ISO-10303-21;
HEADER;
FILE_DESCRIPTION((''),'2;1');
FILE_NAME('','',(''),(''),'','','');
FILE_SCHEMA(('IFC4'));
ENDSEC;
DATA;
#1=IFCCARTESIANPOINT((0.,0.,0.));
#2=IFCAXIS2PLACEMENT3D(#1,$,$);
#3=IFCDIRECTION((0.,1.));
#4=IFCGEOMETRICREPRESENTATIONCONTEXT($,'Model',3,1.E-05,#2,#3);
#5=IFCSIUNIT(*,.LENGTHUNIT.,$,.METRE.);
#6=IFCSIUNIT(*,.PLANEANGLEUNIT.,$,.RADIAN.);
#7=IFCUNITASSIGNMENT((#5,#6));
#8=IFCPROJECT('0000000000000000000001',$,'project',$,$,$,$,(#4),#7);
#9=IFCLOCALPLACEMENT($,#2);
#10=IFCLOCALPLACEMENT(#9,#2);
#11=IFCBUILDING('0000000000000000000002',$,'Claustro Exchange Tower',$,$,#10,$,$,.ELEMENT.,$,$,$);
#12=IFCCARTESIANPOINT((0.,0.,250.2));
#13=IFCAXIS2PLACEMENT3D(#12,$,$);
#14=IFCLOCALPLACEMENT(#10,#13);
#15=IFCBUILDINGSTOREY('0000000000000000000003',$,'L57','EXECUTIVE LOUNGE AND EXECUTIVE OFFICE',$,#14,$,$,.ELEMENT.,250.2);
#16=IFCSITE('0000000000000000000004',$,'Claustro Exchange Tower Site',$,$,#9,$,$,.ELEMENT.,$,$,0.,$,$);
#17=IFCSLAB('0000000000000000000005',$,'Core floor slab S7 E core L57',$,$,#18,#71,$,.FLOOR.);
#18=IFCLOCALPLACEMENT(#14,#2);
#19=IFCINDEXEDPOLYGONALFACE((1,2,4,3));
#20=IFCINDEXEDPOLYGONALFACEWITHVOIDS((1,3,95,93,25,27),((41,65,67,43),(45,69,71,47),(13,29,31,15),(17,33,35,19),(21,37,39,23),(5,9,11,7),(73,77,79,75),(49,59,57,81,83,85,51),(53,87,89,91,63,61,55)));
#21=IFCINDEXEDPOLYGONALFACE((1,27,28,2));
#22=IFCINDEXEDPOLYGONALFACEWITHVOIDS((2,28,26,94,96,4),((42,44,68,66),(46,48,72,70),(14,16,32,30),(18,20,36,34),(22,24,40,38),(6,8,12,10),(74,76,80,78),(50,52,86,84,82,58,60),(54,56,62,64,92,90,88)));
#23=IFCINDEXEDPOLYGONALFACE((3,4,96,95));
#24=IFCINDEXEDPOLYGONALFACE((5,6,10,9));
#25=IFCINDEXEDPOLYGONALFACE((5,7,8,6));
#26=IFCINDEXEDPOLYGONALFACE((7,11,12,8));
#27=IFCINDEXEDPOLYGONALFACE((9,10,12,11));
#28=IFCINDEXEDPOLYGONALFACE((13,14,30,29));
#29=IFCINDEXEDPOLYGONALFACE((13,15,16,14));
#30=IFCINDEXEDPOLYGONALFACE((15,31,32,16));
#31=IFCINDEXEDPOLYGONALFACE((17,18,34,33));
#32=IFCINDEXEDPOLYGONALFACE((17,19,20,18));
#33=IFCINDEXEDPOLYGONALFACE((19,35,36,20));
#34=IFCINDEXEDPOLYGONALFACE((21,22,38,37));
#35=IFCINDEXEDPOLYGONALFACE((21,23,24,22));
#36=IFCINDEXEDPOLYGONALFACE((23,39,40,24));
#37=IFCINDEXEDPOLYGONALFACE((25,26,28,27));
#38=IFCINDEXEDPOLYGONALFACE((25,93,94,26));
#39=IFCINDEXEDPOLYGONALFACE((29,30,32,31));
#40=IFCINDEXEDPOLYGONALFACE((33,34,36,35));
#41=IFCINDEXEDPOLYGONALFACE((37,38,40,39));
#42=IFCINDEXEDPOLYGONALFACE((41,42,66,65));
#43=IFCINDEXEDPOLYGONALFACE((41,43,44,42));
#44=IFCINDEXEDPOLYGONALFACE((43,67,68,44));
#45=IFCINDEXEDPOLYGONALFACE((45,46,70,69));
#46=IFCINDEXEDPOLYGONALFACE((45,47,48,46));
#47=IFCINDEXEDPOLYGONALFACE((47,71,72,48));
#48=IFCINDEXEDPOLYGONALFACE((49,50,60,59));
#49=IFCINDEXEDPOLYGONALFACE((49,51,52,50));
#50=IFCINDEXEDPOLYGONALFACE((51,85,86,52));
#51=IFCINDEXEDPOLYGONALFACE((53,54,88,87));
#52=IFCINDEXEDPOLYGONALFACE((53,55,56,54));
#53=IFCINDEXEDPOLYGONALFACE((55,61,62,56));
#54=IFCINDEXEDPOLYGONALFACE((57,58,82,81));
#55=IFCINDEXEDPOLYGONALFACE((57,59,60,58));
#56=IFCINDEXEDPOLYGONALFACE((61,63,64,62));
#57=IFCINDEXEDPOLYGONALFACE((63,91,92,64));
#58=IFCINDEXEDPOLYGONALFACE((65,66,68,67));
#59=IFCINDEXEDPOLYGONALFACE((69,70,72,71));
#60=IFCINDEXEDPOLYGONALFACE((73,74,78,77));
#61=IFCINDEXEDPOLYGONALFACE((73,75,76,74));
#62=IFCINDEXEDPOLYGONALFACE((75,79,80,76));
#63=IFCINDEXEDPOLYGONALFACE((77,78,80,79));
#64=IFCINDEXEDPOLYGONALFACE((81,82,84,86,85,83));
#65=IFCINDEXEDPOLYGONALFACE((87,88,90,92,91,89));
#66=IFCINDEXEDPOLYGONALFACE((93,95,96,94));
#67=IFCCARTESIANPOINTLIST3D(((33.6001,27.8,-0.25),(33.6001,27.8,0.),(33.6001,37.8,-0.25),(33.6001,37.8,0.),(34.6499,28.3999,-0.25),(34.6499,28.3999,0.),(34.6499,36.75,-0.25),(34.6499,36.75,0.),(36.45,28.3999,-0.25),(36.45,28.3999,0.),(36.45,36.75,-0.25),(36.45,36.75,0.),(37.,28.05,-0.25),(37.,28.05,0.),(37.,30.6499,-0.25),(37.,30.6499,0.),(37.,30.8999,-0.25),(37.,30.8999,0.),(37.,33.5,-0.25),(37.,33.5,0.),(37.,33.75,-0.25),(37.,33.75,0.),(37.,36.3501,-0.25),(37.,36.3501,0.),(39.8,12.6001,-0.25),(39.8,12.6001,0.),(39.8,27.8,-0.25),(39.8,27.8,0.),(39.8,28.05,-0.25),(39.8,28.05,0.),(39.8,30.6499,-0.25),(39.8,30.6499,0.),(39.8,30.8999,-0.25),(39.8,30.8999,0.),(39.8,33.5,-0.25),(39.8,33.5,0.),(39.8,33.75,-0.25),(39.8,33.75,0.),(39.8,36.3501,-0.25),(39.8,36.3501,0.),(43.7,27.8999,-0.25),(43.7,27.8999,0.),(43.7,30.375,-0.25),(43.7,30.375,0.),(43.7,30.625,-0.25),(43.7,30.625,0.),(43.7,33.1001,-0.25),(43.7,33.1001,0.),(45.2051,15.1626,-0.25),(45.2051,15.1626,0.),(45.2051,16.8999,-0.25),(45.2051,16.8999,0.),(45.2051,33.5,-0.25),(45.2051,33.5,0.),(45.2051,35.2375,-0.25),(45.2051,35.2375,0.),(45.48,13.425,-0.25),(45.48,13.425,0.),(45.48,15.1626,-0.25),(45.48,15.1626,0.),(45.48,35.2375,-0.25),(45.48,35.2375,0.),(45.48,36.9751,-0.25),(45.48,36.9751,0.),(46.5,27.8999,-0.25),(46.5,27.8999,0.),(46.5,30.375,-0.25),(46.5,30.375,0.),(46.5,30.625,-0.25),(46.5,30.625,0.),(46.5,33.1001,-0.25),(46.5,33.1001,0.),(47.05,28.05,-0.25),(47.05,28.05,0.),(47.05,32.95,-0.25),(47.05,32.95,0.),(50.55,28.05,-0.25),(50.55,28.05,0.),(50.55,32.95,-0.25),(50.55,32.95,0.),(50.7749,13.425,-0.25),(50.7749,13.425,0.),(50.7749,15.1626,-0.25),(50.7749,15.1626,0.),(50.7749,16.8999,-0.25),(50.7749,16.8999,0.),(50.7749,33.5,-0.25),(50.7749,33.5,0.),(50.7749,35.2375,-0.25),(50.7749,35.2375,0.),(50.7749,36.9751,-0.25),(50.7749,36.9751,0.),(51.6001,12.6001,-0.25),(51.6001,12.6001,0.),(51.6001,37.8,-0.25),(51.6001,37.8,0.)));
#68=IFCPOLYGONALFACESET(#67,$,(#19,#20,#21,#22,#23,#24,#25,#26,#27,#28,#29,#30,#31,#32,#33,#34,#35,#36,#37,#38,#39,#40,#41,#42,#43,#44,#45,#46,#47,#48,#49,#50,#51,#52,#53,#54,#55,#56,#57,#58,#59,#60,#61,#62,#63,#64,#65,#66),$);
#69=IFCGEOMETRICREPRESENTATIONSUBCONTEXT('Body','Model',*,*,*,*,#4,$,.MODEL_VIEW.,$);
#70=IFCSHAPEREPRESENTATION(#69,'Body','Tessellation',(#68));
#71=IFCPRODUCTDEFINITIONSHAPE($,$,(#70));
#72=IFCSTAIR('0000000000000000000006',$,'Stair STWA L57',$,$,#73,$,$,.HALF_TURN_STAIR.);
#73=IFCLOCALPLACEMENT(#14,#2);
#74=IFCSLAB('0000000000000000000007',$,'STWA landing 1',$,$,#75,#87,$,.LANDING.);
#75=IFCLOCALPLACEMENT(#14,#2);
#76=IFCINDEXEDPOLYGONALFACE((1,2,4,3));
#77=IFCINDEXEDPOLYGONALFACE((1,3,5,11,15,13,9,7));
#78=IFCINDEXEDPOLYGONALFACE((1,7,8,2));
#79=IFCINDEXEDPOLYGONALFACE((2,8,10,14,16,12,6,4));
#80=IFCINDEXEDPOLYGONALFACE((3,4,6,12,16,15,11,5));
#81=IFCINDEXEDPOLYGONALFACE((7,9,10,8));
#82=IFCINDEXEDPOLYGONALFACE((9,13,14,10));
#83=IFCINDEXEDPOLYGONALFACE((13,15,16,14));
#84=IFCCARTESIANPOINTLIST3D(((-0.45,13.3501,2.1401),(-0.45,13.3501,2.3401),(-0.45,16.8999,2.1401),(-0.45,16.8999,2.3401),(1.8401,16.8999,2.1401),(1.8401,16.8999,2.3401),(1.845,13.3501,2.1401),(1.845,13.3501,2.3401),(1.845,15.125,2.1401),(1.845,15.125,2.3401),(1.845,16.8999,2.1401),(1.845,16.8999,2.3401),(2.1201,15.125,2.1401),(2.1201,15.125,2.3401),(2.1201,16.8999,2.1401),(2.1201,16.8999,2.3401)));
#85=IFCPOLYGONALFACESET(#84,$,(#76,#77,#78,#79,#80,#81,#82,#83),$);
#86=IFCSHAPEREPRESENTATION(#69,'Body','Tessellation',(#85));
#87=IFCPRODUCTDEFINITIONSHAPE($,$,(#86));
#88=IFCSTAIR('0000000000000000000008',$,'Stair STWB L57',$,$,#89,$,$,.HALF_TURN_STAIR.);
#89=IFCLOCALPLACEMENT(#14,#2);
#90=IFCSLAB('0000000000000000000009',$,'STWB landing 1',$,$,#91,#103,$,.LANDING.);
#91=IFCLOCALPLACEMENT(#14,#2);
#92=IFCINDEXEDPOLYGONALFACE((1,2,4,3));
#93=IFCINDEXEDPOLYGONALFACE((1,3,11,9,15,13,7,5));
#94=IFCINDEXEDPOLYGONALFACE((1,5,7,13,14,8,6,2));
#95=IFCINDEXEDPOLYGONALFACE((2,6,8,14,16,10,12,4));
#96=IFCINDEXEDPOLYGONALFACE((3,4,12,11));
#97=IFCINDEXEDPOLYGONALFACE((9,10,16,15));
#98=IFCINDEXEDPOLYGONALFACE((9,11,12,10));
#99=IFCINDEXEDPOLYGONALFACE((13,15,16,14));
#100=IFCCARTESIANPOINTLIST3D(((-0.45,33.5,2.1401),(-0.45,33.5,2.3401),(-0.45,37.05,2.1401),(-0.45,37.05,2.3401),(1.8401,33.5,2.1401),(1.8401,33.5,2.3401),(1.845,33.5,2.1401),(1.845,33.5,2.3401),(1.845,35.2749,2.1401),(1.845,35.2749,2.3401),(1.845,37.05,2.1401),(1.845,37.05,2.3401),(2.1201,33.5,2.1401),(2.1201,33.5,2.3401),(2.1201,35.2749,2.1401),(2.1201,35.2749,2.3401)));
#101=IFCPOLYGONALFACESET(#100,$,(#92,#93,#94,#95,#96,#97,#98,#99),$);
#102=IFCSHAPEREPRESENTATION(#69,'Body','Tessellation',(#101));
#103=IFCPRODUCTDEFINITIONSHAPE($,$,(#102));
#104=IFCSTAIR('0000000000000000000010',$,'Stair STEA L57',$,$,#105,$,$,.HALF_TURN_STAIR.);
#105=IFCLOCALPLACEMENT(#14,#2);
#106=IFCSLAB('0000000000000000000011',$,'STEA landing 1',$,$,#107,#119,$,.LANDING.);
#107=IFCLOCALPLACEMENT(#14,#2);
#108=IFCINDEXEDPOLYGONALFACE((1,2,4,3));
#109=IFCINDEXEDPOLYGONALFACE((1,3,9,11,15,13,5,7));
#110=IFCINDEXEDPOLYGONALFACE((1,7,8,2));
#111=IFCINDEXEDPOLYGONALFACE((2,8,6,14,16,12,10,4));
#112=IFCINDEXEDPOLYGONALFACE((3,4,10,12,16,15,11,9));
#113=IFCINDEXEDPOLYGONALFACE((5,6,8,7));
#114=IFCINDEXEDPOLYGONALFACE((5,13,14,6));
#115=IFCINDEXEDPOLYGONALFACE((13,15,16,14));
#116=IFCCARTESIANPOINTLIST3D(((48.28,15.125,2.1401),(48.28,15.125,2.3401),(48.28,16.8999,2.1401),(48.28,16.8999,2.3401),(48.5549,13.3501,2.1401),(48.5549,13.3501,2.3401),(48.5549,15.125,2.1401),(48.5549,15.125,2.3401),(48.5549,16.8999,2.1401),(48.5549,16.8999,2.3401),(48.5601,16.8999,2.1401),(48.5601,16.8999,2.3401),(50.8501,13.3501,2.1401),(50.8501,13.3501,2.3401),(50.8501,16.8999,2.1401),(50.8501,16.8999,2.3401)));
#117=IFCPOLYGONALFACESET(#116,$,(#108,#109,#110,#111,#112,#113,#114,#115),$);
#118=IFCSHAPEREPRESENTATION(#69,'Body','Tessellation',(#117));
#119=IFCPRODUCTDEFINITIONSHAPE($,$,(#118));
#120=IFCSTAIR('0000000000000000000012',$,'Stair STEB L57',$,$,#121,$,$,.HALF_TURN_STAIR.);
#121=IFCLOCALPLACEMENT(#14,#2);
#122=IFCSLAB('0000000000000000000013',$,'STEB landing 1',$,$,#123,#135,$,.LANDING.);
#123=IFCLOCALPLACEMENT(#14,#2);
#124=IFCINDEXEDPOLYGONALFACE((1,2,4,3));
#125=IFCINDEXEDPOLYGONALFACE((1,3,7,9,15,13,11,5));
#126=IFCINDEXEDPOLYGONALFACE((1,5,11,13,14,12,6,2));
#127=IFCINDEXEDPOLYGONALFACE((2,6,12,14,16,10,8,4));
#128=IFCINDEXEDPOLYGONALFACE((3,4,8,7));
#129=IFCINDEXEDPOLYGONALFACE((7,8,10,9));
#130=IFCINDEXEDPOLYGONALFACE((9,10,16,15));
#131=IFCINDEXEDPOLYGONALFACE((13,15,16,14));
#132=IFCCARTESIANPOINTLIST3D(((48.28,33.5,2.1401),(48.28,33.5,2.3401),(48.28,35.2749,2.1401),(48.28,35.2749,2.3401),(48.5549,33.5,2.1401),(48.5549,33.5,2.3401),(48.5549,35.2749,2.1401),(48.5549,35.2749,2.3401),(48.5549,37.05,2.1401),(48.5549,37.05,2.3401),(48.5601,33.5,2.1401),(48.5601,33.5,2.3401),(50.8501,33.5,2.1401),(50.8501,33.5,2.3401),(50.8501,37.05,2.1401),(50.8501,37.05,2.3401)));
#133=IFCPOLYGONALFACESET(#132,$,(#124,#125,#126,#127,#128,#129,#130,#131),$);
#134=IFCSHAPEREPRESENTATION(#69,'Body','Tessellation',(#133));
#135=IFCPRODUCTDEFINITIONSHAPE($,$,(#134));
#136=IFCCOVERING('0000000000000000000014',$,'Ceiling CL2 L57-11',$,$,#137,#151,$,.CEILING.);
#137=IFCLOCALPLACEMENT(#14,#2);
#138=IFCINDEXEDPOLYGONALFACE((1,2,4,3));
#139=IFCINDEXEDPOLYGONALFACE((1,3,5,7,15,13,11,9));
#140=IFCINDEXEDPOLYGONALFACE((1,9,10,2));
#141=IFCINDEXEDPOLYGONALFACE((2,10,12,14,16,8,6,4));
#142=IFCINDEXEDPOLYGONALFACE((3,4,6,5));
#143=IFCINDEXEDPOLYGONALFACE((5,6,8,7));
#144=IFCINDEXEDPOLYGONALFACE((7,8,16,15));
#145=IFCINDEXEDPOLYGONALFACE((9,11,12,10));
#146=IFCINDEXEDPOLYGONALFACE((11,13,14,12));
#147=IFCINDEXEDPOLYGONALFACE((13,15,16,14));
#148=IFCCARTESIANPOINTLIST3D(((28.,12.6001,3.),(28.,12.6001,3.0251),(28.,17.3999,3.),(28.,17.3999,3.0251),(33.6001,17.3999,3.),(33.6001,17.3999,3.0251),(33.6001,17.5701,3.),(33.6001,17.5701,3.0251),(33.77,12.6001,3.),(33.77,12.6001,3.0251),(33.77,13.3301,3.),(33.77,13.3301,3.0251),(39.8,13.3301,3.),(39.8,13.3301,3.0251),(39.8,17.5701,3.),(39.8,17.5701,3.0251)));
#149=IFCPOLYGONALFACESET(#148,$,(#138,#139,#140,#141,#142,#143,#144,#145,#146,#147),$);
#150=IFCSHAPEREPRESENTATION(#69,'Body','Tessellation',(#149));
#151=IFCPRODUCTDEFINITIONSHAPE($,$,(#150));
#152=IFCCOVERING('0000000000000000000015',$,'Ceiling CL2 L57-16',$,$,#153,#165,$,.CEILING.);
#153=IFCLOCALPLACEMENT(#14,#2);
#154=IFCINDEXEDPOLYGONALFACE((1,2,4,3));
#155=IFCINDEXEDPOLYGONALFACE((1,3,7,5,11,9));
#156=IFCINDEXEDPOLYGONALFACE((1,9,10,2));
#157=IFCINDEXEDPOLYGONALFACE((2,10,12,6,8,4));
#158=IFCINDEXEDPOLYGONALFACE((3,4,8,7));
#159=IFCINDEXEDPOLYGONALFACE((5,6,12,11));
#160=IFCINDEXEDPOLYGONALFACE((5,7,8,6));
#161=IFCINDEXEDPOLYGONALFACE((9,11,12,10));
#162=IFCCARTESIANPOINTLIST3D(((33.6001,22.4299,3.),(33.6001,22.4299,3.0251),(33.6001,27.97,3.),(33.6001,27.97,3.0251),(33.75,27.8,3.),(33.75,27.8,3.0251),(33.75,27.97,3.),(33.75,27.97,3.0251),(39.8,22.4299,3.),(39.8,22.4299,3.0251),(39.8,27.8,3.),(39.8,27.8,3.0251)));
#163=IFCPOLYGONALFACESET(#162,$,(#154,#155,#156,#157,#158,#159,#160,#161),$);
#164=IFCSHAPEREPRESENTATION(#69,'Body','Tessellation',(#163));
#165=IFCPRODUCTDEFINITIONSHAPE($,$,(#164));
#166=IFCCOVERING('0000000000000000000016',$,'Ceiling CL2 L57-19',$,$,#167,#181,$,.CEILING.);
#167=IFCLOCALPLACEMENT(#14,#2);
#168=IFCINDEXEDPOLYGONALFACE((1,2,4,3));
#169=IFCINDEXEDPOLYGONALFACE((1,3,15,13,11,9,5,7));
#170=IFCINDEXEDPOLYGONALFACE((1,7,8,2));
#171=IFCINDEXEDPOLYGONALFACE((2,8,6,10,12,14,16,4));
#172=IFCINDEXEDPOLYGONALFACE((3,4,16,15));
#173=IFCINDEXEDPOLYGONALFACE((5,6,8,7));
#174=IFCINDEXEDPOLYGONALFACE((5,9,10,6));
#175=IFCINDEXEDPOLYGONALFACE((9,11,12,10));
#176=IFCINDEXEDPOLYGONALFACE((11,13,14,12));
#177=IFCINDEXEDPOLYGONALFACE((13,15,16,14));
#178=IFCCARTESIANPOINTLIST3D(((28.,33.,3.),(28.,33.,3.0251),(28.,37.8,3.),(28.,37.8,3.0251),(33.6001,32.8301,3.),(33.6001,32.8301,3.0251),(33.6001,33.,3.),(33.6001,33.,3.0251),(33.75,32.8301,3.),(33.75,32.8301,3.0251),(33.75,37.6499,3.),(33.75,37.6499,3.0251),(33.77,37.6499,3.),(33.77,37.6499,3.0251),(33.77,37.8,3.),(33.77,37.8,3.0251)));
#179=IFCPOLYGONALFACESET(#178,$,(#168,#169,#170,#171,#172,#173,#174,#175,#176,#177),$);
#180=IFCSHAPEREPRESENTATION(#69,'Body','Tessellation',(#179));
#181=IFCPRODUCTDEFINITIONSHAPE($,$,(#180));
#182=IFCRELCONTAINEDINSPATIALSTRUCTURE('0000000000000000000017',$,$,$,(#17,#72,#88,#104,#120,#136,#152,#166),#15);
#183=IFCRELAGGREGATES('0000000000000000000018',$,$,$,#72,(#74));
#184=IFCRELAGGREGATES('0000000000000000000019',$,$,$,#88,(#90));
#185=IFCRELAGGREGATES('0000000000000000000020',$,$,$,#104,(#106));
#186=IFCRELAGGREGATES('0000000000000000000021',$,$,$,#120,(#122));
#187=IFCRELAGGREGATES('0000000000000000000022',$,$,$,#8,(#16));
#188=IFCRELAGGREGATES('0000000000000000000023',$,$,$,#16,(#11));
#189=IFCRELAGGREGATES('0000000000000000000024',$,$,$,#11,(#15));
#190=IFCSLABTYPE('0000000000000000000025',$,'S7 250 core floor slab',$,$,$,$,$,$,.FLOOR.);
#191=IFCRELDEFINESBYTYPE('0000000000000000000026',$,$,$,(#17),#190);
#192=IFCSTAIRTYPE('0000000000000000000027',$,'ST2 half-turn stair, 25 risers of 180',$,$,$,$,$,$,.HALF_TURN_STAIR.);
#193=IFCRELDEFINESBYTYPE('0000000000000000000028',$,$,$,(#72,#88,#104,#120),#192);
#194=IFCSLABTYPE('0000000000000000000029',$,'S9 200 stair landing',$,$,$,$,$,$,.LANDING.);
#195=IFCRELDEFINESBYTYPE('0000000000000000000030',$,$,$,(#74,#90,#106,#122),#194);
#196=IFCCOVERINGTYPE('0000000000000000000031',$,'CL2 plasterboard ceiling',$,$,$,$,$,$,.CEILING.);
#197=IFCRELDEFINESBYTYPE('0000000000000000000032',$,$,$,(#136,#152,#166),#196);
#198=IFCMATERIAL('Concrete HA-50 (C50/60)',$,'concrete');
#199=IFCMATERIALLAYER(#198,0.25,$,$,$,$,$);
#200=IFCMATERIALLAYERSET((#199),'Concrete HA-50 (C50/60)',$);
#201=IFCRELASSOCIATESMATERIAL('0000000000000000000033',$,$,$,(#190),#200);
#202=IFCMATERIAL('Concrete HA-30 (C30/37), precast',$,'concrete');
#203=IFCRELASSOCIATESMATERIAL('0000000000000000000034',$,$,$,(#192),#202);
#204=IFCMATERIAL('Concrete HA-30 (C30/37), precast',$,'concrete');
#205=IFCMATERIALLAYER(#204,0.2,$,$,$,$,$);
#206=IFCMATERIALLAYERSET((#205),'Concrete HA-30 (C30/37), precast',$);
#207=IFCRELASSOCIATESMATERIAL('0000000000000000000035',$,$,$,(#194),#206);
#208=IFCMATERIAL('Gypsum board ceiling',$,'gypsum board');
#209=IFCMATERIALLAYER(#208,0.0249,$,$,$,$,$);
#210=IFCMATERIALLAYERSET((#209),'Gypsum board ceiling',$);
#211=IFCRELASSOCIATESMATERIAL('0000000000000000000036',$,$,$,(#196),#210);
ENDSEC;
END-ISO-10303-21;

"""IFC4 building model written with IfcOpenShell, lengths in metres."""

from ifc_helpers import new_model, si_unit, direction, frame, origin, place, context, subcontext, project, spatial, polyline, outline, extrude, material, layer, layer_set, type_object, element, aggregate, save


model = new_model("IFC4")

# Units and contexts
model_context = context("Model", 3, precision=1e-05, world=origin(), true_north=direction((0.0, 1.0)))
body_context = subcontext(model_context, "Body", "Model", "MODEL_VIEW")
ifc_project = project(units=[si_unit("LENGTHUNIT", "METRE"), si_unit("PLANEANGLEUNIT", "RADIAN")], contexts=[model_context])

# Site, building, storey
site_placement = place(None, origin())
site = spatial("IfcSite", under=ifc_project, at=site_placement, Name="Claustro Exchange Tower Site", CompositionType="ELEMENT", RefElevation=0.0)
building_placement = place(site_placement, origin())
building = spatial("IfcBuilding", under=site, at=building_placement, Name="Claustro Exchange Tower", CompositionType="ELEMENT")
storey_placement = place(building_placement, frame((0.0, 0.0, 250.2)))
storey = spatial("IfcBuildingStorey", under=building, at=storey_placement, Name="L57", Description="EXECUTIVE LOUNGE AND EXECUTIVE OFFICE", CompositionType="ELEMENT", Elevation=250.2)

# Slab
ifc_material_1 = material(Name="Concrete HA-50 (C50/60)", Category="concrete")
ifc_layer_1 = layer(ifc_material_1, 0.25)
ifc_layer_set_1 = layer_set([ifc_layer_1], Name="Concrete HA-50 (C50/60)")
slab_type_1 = type_object("IfcSlabType", Name="S7 250 core floor slab", PredefinedType="FLOOR", material=ifc_layer_set_1)
slab_1_placement = place(storey_placement, frame((0.0, 0.0, -0.25)))
element("IfcSlab", 1, at=slab_1_placement, inside=storey, type_object=slab_type_1, Name="Core floor slab S7 E core L57", PredefinedType="FLOOR", context=body_context, shape_type="SweptSolid", body=[
    extrude(outline(polyline([(51.6001, 37.8), (33.6001, 37.8), (33.6001, 27.8), (39.8, 27.8), (39.8, 12.6001), (51.6001, 12.6001), (51.6001, 37.8)]), holes=[polyline([(45.48, 15.1626), (45.2051, 15.1626), (45.2051, 16.8999), (50.7749, 16.8999), (50.7749, 15.1626), (50.7749, 13.425), (45.48, 13.425), (45.48, 15.1626)]), polyline([(45.48, 35.2375), (45.48, 36.9751), (50.7749, 36.9751), (50.7749, 35.2375), (50.7749, 33.5), (45.2051, 33.5), (45.2051, 35.2375), (45.48, 35.2375)]), polyline([(47.05, 32.95), (50.55, 32.95), (50.55, 28.05), (47.05, 28.05), (47.05, 32.95)]), polyline([(43.7, 30.375), (46.5, 30.375), (46.5, 27.8999), (43.7, 27.8999), (43.7, 30.375)]), polyline([(43.7, 33.1001), (46.5, 33.1001), (46.5, 30.625), (43.7, 30.625), (43.7, 33.1001)]), polyline([(37.0, 30.6499), (39.8, 30.6499), (39.8, 28.05), (37.0, 28.05), (37.0, 30.6499)]), polyline([(37.0, 33.5), (39.8, 33.5), (39.8, 30.8999), (37.0, 30.8999), (37.0, 33.5)]), polyline([(39.8, 36.3501), (39.8, 33.75), (37.0, 33.75), (37.0, 36.3501), (39.8, 36.3501)]), polyline([(34.6499, 36.75), (36.45, 36.75), (36.45, 28.3999), (34.6499, 28.3999), (34.6499, 36.75)])]), origin(), (0.0, 0.0, 1.0), 0.25),
])

# Stairs, slabs
ifc_material_2 = material(Name="Concrete HA-30 (C30/37), precast", Category="concrete")
stair_type = type_object("IfcStairType", Name="ST2 half-turn stair, 25 risers of 180", PredefinedType="HALF_TURN_STAIR", material=ifc_material_2)
stair_1_placement = place(storey_placement, origin())
stair_1 = element("IfcStair", 2, at=stair_1_placement, inside=storey, type_object=stair_type, Name="Stair STWA L57", PredefinedType="HALF_TURN_STAIR")
ifc_material_3 = material(Name="Concrete HA-30 (C30/37), precast", Category="concrete")
ifc_layer_2 = layer(ifc_material_3, 0.2)
ifc_layer_set_2 = layer_set([ifc_layer_2], Name="Concrete HA-30 (C30/37), precast")
slab_type_2 = type_object("IfcSlabType", Name="S9 200 stair landing", PredefinedType="LANDING", material=ifc_layer_set_2)
slab_2_placement = place(storey_placement, frame((0.0, 0.0, 2.1401)))
slab_2 = element("IfcSlab", 3, at=slab_2_placement, type_object=slab_type_2, Name="STWA landing 1", PredefinedType="LANDING", context=body_context, shape_type="SweptSolid", body=[
    extrude(outline(polyline([(1.845, 13.3501), (-0.45, 13.3501), (-0.45, 16.8999), (1.8401, 16.8999), (1.845, 16.8999), (2.1201, 16.8999), (2.1201, 15.125), (1.845, 15.125), (1.845, 13.3501)])), origin(), (0.0, 0.0, 1.0), 0.2),
])
aggregate(stair_1, [slab_2])
stair_2_placement = place(storey_placement, origin())
stair_2 = element("IfcStair", 4, at=stair_2_placement, inside=storey, type_object=stair_type, Name="Stair STWB L57", PredefinedType="HALF_TURN_STAIR")
slab_3_placement = place(storey_placement, frame((0.0, 0.0, 2.1401)))
slab_3 = element("IfcSlab", 5, at=slab_3_placement, type_object=slab_type_2, Name="STWB landing 1", PredefinedType="LANDING", context=body_context, shape_type="SweptSolid", body=[
    extrude(outline(polyline([(2.1201, 35.2749), (2.1201, 33.5), (1.845, 33.5), (1.8401, 33.5), (-0.45, 33.5), (-0.45, 37.05), (1.845, 37.05), (1.845, 35.2749), (2.1201, 35.2749)])), origin(), (0.0, 0.0, 1.0), 0.2),
])
aggregate(stair_2, [slab_3])
stair_3_placement = place(storey_placement, origin())
stair_3 = element("IfcStair", 6, at=stair_3_placement, inside=storey, type_object=stair_type, Name="Stair STEA L57", PredefinedType="HALF_TURN_STAIR")
slab_4_placement = place(storey_placement, frame((0.0, 0.0, 2.1401)))
slab_4 = element("IfcSlab", 7, at=slab_4_placement, type_object=slab_type_2, Name="STEA landing 1", PredefinedType="LANDING", context=body_context, shape_type="SweptSolid", body=[
    extrude(outline(polyline([(50.8501, 16.8999), (50.8501, 13.3501), (48.5549, 13.3501), (48.5549, 15.125), (48.28, 15.125), (48.28, 16.8999), (48.5549, 16.8999), (48.5601, 16.8999), (50.8501, 16.8999)])), origin(), (0.0, 0.0, 1.0), 0.2),
])
aggregate(stair_3, [slab_4])
stair_4_placement = place(storey_placement, origin())
stair_4 = element("IfcStair", 8, at=stair_4_placement, inside=storey, type_object=stair_type, Name="Stair STEB L57", PredefinedType="HALF_TURN_STAIR")
slab_5_placement = place(storey_placement, frame((0.0, 0.0, 2.1401)))
slab_5 = element("IfcSlab", 9, at=slab_5_placement, type_object=slab_type_2, Name="STEB landing 1", PredefinedType="LANDING", context=body_context, shape_type="SweptSolid", body=[
    extrude(outline(polyline([(48.28, 33.5), (48.28, 35.2749), (48.5549, 35.2749), (48.5549, 37.05), (50.8501, 37.05), (50.8501, 33.5), (48.5601, 33.5), (48.5549, 33.5), (48.28, 33.5)])), origin(), (0.0, 0.0, 1.0), 0.2),
])
aggregate(stair_4, [slab_5])

# Coverings
ifc_material_4 = material(Name="Gypsum board ceiling", Category="gypsum board")
ifc_layer_3 = layer(ifc_material_4, 0.0249)
ifc_layer_set_3 = layer_set([ifc_layer_3], Name="Gypsum board ceiling")
covering_type_1 = type_object("IfcCoveringType", Name="CL2 plasterboard ceiling", PredefinedType="CEILING", material=ifc_layer_set_3)
covering_1_placement = place(storey_placement, frame((0.0, 0.0, 3.0)))
element("IfcCovering", 10, at=covering_1_placement, inside=storey, type_object=covering_type_1, Name="Ceiling CL2 L57-11", PredefinedType="CEILING", context=body_context, shape_type="SweptSolid", body=[
    extrude(outline(polyline([(39.8, 13.3301), (39.8, 17.5701), (33.6001, 17.5701), (33.6001, 17.3999), (28.0, 17.3999), (28.0, 12.6001), (33.77, 12.6001), (33.77, 13.3301), (39.8, 13.3301)])), origin(), (0.0, 0.0, 1.0), 0.0251),
])
covering_2_placement = place(storey_placement, frame((0.0, 0.0, 3.0)))
element("IfcCovering", 11, at=covering_2_placement, inside=storey, type_object=covering_type_1, Name="Ceiling CL2 L57-16", PredefinedType="CEILING", context=body_context, shape_type="SweptSolid", body=[
    extrude(outline(polyline([(33.6001, 27.97), (33.6001, 22.4299), (39.8, 22.4299), (39.8, 27.8), (33.75, 27.8), (33.75, 27.97), (33.6001, 27.97)])), origin(), (0.0, 0.0, 1.0), 0.0251),
])
covering_3_placement = place(storey_placement, frame((0.0, 0.0, 3.0)))
element("IfcCovering", 12, at=covering_3_placement, inside=storey, type_object=covering_type_1, Name="Ceiling CL2 L57-19", PredefinedType="CEILING", context=body_context, shape_type="SweptSolid", body=[
    extrude(outline(polyline([(33.6001, 33.0), (33.6001, 32.8301), (33.75, 32.8301), (33.75, 37.6499), (33.77, 37.6499), (33.77, 37.8), (28.0, 37.8), (28.0, 33.0), (33.6001, 33.0)])), origin(), (0.0, 0.0, 1.0), 0.0251),
])

save(model, "model.ifc")
